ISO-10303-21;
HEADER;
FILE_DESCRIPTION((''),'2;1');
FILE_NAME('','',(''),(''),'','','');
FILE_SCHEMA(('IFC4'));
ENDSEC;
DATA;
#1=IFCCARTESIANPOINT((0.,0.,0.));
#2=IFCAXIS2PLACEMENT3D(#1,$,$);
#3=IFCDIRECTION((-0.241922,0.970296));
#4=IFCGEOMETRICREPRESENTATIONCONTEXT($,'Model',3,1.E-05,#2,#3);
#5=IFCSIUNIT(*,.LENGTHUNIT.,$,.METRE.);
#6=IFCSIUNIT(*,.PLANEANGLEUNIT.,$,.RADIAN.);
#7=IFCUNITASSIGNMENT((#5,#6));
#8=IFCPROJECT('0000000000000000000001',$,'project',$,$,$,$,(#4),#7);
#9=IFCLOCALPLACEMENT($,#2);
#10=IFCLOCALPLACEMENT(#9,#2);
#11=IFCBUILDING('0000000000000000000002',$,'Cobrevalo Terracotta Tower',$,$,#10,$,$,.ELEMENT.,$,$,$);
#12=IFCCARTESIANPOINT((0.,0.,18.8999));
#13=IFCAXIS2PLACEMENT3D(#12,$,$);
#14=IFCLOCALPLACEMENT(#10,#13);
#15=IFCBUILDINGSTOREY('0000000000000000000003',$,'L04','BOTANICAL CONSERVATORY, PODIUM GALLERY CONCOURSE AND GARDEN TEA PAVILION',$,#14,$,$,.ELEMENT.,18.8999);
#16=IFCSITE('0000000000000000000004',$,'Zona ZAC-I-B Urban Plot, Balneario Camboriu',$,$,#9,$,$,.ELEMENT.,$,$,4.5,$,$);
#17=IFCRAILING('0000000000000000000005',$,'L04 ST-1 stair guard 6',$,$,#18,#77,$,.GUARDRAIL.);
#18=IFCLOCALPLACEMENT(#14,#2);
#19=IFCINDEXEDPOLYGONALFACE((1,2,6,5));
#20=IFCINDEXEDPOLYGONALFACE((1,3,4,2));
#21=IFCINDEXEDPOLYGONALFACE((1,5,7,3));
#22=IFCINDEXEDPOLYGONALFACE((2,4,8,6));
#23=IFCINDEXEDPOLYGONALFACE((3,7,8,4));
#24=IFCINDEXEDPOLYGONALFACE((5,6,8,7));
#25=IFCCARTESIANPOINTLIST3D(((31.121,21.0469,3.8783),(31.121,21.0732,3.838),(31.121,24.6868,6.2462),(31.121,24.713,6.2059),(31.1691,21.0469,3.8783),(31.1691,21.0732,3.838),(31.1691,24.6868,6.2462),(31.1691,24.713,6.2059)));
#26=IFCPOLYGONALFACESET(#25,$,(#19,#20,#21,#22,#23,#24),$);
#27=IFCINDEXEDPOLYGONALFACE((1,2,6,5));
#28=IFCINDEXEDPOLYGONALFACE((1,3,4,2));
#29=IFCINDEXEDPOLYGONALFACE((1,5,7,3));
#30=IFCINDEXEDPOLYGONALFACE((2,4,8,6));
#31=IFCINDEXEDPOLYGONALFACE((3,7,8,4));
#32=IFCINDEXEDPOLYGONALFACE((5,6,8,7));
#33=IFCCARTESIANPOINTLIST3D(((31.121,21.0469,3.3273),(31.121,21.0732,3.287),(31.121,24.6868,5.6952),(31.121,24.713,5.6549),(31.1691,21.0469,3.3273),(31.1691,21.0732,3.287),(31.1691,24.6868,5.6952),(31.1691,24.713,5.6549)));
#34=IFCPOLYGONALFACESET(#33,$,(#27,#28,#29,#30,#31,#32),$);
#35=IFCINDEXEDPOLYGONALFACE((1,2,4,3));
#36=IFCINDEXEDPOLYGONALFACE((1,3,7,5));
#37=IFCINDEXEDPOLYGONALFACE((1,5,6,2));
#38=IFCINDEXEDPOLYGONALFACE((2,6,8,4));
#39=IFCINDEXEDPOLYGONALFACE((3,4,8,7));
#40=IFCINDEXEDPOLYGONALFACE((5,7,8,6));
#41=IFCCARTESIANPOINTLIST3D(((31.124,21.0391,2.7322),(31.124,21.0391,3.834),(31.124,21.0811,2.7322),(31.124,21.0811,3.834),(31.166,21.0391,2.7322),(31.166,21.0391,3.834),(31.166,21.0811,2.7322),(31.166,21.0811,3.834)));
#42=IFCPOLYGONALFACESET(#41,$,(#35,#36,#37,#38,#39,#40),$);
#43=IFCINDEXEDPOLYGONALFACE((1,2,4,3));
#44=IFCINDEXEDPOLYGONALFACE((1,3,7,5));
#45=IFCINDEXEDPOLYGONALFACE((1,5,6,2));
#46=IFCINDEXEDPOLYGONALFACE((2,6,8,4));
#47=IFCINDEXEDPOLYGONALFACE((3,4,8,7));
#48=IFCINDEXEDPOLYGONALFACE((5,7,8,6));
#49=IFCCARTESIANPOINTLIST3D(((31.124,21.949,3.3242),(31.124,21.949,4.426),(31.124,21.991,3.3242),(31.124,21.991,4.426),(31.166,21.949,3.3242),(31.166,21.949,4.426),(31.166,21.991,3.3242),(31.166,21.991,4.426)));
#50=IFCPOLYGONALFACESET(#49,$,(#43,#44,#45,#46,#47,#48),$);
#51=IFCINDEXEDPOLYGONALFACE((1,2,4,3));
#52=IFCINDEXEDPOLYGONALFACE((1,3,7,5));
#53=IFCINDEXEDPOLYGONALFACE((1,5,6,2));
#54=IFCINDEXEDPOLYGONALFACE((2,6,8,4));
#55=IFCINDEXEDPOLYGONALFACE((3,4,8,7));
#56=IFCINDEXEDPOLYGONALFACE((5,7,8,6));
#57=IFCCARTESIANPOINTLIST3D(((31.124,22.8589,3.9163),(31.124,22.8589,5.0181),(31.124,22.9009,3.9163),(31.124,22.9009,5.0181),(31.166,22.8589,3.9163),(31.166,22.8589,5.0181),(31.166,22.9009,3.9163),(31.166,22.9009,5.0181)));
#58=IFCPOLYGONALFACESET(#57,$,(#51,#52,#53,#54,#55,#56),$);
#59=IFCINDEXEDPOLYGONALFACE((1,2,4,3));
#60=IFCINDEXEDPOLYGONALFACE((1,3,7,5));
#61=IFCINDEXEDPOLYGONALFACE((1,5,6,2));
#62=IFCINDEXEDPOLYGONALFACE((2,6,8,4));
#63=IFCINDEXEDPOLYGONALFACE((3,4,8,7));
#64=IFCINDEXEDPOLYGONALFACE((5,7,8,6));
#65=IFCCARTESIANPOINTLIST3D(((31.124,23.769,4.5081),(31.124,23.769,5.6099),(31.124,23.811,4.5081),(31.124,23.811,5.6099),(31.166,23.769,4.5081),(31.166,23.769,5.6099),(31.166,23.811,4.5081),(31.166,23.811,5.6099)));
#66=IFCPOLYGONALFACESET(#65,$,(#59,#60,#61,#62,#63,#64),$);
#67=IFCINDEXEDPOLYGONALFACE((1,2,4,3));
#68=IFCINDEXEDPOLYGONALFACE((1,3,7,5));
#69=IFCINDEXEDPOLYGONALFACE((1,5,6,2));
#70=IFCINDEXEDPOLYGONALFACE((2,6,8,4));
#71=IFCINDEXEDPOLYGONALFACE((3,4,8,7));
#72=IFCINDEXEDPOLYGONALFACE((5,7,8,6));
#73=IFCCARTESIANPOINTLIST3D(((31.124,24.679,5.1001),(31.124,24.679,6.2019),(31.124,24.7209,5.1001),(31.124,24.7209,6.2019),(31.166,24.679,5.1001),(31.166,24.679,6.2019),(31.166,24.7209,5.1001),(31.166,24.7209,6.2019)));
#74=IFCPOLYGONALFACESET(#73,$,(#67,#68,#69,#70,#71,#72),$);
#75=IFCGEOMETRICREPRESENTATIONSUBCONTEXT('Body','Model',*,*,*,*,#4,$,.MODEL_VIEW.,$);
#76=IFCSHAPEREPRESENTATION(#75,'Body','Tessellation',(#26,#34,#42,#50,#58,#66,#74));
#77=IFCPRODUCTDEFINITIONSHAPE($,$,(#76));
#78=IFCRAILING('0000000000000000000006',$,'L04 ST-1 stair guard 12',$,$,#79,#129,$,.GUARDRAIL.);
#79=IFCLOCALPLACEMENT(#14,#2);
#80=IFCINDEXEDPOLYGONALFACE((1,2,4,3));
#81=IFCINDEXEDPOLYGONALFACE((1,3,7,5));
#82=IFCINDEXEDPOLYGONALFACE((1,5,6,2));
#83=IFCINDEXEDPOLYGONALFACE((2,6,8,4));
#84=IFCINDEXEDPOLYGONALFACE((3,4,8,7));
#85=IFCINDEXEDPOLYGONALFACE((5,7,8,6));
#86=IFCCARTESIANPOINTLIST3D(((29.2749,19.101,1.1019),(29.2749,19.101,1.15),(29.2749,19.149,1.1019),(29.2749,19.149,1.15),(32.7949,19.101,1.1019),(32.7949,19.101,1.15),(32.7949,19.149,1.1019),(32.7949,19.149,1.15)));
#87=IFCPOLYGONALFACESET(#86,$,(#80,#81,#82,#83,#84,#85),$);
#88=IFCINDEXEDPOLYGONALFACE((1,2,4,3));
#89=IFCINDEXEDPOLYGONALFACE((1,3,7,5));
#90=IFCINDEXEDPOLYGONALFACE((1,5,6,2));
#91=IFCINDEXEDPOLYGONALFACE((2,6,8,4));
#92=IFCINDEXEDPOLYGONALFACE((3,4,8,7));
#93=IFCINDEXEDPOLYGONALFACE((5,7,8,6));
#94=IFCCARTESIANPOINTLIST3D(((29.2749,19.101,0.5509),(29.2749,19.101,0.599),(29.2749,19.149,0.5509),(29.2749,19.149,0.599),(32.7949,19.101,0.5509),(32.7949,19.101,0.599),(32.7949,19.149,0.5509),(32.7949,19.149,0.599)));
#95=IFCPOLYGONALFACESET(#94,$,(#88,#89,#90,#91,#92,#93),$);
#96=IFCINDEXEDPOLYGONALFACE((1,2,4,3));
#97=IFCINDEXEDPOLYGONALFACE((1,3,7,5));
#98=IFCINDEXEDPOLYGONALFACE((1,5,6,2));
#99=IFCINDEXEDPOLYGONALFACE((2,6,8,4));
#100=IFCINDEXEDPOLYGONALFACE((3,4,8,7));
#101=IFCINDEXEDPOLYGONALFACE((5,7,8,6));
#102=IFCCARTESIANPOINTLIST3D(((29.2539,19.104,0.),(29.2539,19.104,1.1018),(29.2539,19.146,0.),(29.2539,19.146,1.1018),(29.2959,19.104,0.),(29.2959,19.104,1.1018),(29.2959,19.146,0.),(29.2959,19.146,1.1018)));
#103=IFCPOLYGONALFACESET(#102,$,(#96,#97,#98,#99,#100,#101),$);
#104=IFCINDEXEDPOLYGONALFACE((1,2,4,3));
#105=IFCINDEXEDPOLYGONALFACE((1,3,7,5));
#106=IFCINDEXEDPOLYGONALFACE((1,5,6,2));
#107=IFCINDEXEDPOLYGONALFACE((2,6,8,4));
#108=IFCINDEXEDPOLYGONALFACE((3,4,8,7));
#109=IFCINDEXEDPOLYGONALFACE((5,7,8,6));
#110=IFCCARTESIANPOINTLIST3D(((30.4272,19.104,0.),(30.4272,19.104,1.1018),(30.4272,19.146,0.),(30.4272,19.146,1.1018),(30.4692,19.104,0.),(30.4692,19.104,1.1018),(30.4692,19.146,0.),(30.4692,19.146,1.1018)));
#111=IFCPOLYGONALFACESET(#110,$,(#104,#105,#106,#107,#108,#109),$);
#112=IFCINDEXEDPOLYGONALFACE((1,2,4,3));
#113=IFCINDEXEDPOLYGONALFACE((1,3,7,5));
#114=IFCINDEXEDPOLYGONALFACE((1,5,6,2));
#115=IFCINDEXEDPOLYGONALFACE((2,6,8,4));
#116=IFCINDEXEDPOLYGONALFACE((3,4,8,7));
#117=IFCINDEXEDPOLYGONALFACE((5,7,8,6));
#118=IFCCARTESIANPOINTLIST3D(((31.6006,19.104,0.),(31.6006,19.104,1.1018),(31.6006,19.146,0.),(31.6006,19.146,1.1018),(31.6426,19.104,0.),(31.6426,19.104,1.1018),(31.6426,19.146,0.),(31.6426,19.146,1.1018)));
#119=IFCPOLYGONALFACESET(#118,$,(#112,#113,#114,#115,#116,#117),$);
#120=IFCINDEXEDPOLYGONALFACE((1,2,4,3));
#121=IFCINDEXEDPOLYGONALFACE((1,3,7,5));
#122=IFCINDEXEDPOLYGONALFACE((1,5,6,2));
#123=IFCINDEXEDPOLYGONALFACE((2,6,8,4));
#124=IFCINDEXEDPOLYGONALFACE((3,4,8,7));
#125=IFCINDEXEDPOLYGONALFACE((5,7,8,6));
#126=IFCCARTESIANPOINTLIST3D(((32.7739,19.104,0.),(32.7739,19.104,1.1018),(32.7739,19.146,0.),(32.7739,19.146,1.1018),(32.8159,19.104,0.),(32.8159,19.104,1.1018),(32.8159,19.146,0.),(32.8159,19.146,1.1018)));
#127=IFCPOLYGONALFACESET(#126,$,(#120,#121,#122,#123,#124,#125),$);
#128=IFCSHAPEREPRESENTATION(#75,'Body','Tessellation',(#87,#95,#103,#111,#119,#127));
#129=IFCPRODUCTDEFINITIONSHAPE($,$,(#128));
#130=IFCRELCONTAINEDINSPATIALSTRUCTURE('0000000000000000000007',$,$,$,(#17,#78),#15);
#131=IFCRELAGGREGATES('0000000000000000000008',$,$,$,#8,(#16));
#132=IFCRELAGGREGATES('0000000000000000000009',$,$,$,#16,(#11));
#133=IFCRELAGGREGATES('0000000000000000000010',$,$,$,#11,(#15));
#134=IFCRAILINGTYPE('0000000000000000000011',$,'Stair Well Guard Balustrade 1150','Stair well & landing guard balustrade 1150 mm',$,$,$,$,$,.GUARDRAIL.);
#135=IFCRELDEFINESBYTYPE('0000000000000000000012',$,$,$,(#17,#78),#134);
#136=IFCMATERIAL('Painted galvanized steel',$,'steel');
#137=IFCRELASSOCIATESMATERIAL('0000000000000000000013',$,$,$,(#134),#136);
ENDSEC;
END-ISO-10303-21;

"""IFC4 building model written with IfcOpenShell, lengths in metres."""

from ifc_helpers import new_model, si_unit, direction, frame, origin, origin_2d, place, context, subcontext, project, spatial, rectangle, extrude, material, type_object, element, save


model = new_model("IFC4")

# Units and contexts
model_context = context("Model", 3, precision=1e-05, world=origin(), true_north=direction((-0.241922, 0.970296)))
body_context = subcontext(model_context, "Body", "Model", "MODEL_VIEW")
ifc_project = project(units=[si_unit("LENGTHUNIT", "METRE"), si_unit("PLANEANGLEUNIT", "RADIAN")], contexts=[model_context])

# Site, building, storey
site_placement = place(None, origin())
site = spatial("IfcSite", under=ifc_project, at=site_placement, Name="Zona ZAC-I-B Urban Plot, Balneario Camboriu", CompositionType="ELEMENT", RefElevation=4.5)
building_placement = place(site_placement, origin())
building = spatial("IfcBuilding", under=site, at=building_placement, Name="Cobrevalo Terracotta Tower", CompositionType="ELEMENT")
storey_placement = place(building_placement, frame((0.0, 0.0, 18.8999)))
storey = spatial("IfcBuildingStorey", under=building, at=storey_placement, Name="L04", Description="BOTANICAL CONSERVATORY, PODIUM GALLERY CONCOURSE AND GARDEN TEA PAVILION", CompositionType="ELEMENT", Elevation=18.8999)

# Railings
ifc_material_1 = material(Name="Painted galvanized steel", Category="steel")
railing_type_1 = type_object("IfcRailingType", Name="Stair Well Guard Balustrade 1150", Description="Stair well & landing guard balustrade 1150 mm", PredefinedType="GUARDRAIL", material=ifc_material_1)
railing_1_placement = place(storey_placement, frame((31.145, 21.0601, 2.7322)))
element("IfcRailing", 1, at=railing_1_placement, inside=storey, type_object=railing_type_1, Name="L04 ST-1 stair guard 6", PredefinedType="GUARDRAIL", context=body_context, shape_type="SweptSolid", body=[
    extrude(rectangle(XDim=0.0481, YDim=0.0481, at=origin_2d()), frame((0.0, 0.0, 1.126), z_axis=(0.0, 0.838234, 0.54531), x_axis=(-1.0, 0.0, 0.0)), (0.0, 0.0, 1.0), 4.3423),
    extrude(rectangle(XDim=0.0481, YDim=0.0481, at=origin_2d()), frame((0.0, 0.0, 0.575), z_axis=(0.0, 0.838234, 0.54531), x_axis=(-1.0, 0.0, 0.0)), (0.0, 0.0, 1.0), 4.3423),
    extrude(rectangle(XDim=0.042, YDim=0.042, at=origin_2d()), origin(), (0.0, 0.0, 1.0), 1.1018),
    extrude(rectangle(XDim=0.042, YDim=0.042, at=origin_2d()), frame((0.0, 0.9099, 0.592)), (0.0, 0.0, 1.0), 1.1018),
    extrude(rectangle(XDim=0.042, YDim=0.042, at=origin_2d()), frame((0.0, 1.8198, 1.1841)), (0.0, 0.0, 1.0), 1.1018),
    extrude(rectangle(XDim=0.042, YDim=0.042, at=origin_2d()), frame((0.0, 2.73, 1.7759)), (0.0, 0.0, 1.0), 1.1018),
    extrude(rectangle(XDim=0.042, YDim=0.042, at=origin_2d()), frame((0.0, 3.6399, 2.3679)), (0.0, 0.0, 1.0), 1.1018),
])
railing_2_placement = place(storey_placement, frame((29.2749, 19.125, 0.0)))
element("IfcRailing", 2, at=railing_2_placement, inside=storey, type_object=railing_type_1, Name="L04 ST-1 stair guard 12", PredefinedType="GUARDRAIL", context=body_context, shape_type="SweptSolid", body=[
    extrude(rectangle(XDim=0.0481, YDim=0.0481, at=origin_2d()), frame((0.0, 0.0, 1.126), z_axis=(1.0, 0.0, 0.0), x_axis=(0.0, 1.0, 0.0)), (0.0, 0.0, 1.0), 3.52),
    extrude(rectangle(XDim=0.0481, YDim=0.0481, at=origin_2d()), frame((0.0, 0.0, 0.575), z_axis=(1.0, 0.0, 0.0), x_axis=(0.0, 1.0, 0.0)), (0.0, 0.0, 1.0), 3.52),
    extrude(rectangle(XDim=0.042, YDim=0.042, at=origin_2d()), origin(), (0.0, 0.0, 1.0), 1.1018),
    extrude(rectangle(XDim=0.042, YDim=0.042, at=origin_2d()), frame((1.1733, 0.0, 0.0)), (0.0, 0.0, 1.0), 1.1018),
    extrude(rectangle(XDim=0.042, YDim=0.042, at=origin_2d()), frame((2.3467, 0.0, 0.0)), (0.0, 0.0, 1.0), 1.1018),
    extrude(rectangle(XDim=0.042, YDim=0.042, at=origin_2d()), frame((3.52, 0.0, 0.0)), (0.0, 0.0, 1.0), 1.1018),
])

save(model, "model.ifc")
